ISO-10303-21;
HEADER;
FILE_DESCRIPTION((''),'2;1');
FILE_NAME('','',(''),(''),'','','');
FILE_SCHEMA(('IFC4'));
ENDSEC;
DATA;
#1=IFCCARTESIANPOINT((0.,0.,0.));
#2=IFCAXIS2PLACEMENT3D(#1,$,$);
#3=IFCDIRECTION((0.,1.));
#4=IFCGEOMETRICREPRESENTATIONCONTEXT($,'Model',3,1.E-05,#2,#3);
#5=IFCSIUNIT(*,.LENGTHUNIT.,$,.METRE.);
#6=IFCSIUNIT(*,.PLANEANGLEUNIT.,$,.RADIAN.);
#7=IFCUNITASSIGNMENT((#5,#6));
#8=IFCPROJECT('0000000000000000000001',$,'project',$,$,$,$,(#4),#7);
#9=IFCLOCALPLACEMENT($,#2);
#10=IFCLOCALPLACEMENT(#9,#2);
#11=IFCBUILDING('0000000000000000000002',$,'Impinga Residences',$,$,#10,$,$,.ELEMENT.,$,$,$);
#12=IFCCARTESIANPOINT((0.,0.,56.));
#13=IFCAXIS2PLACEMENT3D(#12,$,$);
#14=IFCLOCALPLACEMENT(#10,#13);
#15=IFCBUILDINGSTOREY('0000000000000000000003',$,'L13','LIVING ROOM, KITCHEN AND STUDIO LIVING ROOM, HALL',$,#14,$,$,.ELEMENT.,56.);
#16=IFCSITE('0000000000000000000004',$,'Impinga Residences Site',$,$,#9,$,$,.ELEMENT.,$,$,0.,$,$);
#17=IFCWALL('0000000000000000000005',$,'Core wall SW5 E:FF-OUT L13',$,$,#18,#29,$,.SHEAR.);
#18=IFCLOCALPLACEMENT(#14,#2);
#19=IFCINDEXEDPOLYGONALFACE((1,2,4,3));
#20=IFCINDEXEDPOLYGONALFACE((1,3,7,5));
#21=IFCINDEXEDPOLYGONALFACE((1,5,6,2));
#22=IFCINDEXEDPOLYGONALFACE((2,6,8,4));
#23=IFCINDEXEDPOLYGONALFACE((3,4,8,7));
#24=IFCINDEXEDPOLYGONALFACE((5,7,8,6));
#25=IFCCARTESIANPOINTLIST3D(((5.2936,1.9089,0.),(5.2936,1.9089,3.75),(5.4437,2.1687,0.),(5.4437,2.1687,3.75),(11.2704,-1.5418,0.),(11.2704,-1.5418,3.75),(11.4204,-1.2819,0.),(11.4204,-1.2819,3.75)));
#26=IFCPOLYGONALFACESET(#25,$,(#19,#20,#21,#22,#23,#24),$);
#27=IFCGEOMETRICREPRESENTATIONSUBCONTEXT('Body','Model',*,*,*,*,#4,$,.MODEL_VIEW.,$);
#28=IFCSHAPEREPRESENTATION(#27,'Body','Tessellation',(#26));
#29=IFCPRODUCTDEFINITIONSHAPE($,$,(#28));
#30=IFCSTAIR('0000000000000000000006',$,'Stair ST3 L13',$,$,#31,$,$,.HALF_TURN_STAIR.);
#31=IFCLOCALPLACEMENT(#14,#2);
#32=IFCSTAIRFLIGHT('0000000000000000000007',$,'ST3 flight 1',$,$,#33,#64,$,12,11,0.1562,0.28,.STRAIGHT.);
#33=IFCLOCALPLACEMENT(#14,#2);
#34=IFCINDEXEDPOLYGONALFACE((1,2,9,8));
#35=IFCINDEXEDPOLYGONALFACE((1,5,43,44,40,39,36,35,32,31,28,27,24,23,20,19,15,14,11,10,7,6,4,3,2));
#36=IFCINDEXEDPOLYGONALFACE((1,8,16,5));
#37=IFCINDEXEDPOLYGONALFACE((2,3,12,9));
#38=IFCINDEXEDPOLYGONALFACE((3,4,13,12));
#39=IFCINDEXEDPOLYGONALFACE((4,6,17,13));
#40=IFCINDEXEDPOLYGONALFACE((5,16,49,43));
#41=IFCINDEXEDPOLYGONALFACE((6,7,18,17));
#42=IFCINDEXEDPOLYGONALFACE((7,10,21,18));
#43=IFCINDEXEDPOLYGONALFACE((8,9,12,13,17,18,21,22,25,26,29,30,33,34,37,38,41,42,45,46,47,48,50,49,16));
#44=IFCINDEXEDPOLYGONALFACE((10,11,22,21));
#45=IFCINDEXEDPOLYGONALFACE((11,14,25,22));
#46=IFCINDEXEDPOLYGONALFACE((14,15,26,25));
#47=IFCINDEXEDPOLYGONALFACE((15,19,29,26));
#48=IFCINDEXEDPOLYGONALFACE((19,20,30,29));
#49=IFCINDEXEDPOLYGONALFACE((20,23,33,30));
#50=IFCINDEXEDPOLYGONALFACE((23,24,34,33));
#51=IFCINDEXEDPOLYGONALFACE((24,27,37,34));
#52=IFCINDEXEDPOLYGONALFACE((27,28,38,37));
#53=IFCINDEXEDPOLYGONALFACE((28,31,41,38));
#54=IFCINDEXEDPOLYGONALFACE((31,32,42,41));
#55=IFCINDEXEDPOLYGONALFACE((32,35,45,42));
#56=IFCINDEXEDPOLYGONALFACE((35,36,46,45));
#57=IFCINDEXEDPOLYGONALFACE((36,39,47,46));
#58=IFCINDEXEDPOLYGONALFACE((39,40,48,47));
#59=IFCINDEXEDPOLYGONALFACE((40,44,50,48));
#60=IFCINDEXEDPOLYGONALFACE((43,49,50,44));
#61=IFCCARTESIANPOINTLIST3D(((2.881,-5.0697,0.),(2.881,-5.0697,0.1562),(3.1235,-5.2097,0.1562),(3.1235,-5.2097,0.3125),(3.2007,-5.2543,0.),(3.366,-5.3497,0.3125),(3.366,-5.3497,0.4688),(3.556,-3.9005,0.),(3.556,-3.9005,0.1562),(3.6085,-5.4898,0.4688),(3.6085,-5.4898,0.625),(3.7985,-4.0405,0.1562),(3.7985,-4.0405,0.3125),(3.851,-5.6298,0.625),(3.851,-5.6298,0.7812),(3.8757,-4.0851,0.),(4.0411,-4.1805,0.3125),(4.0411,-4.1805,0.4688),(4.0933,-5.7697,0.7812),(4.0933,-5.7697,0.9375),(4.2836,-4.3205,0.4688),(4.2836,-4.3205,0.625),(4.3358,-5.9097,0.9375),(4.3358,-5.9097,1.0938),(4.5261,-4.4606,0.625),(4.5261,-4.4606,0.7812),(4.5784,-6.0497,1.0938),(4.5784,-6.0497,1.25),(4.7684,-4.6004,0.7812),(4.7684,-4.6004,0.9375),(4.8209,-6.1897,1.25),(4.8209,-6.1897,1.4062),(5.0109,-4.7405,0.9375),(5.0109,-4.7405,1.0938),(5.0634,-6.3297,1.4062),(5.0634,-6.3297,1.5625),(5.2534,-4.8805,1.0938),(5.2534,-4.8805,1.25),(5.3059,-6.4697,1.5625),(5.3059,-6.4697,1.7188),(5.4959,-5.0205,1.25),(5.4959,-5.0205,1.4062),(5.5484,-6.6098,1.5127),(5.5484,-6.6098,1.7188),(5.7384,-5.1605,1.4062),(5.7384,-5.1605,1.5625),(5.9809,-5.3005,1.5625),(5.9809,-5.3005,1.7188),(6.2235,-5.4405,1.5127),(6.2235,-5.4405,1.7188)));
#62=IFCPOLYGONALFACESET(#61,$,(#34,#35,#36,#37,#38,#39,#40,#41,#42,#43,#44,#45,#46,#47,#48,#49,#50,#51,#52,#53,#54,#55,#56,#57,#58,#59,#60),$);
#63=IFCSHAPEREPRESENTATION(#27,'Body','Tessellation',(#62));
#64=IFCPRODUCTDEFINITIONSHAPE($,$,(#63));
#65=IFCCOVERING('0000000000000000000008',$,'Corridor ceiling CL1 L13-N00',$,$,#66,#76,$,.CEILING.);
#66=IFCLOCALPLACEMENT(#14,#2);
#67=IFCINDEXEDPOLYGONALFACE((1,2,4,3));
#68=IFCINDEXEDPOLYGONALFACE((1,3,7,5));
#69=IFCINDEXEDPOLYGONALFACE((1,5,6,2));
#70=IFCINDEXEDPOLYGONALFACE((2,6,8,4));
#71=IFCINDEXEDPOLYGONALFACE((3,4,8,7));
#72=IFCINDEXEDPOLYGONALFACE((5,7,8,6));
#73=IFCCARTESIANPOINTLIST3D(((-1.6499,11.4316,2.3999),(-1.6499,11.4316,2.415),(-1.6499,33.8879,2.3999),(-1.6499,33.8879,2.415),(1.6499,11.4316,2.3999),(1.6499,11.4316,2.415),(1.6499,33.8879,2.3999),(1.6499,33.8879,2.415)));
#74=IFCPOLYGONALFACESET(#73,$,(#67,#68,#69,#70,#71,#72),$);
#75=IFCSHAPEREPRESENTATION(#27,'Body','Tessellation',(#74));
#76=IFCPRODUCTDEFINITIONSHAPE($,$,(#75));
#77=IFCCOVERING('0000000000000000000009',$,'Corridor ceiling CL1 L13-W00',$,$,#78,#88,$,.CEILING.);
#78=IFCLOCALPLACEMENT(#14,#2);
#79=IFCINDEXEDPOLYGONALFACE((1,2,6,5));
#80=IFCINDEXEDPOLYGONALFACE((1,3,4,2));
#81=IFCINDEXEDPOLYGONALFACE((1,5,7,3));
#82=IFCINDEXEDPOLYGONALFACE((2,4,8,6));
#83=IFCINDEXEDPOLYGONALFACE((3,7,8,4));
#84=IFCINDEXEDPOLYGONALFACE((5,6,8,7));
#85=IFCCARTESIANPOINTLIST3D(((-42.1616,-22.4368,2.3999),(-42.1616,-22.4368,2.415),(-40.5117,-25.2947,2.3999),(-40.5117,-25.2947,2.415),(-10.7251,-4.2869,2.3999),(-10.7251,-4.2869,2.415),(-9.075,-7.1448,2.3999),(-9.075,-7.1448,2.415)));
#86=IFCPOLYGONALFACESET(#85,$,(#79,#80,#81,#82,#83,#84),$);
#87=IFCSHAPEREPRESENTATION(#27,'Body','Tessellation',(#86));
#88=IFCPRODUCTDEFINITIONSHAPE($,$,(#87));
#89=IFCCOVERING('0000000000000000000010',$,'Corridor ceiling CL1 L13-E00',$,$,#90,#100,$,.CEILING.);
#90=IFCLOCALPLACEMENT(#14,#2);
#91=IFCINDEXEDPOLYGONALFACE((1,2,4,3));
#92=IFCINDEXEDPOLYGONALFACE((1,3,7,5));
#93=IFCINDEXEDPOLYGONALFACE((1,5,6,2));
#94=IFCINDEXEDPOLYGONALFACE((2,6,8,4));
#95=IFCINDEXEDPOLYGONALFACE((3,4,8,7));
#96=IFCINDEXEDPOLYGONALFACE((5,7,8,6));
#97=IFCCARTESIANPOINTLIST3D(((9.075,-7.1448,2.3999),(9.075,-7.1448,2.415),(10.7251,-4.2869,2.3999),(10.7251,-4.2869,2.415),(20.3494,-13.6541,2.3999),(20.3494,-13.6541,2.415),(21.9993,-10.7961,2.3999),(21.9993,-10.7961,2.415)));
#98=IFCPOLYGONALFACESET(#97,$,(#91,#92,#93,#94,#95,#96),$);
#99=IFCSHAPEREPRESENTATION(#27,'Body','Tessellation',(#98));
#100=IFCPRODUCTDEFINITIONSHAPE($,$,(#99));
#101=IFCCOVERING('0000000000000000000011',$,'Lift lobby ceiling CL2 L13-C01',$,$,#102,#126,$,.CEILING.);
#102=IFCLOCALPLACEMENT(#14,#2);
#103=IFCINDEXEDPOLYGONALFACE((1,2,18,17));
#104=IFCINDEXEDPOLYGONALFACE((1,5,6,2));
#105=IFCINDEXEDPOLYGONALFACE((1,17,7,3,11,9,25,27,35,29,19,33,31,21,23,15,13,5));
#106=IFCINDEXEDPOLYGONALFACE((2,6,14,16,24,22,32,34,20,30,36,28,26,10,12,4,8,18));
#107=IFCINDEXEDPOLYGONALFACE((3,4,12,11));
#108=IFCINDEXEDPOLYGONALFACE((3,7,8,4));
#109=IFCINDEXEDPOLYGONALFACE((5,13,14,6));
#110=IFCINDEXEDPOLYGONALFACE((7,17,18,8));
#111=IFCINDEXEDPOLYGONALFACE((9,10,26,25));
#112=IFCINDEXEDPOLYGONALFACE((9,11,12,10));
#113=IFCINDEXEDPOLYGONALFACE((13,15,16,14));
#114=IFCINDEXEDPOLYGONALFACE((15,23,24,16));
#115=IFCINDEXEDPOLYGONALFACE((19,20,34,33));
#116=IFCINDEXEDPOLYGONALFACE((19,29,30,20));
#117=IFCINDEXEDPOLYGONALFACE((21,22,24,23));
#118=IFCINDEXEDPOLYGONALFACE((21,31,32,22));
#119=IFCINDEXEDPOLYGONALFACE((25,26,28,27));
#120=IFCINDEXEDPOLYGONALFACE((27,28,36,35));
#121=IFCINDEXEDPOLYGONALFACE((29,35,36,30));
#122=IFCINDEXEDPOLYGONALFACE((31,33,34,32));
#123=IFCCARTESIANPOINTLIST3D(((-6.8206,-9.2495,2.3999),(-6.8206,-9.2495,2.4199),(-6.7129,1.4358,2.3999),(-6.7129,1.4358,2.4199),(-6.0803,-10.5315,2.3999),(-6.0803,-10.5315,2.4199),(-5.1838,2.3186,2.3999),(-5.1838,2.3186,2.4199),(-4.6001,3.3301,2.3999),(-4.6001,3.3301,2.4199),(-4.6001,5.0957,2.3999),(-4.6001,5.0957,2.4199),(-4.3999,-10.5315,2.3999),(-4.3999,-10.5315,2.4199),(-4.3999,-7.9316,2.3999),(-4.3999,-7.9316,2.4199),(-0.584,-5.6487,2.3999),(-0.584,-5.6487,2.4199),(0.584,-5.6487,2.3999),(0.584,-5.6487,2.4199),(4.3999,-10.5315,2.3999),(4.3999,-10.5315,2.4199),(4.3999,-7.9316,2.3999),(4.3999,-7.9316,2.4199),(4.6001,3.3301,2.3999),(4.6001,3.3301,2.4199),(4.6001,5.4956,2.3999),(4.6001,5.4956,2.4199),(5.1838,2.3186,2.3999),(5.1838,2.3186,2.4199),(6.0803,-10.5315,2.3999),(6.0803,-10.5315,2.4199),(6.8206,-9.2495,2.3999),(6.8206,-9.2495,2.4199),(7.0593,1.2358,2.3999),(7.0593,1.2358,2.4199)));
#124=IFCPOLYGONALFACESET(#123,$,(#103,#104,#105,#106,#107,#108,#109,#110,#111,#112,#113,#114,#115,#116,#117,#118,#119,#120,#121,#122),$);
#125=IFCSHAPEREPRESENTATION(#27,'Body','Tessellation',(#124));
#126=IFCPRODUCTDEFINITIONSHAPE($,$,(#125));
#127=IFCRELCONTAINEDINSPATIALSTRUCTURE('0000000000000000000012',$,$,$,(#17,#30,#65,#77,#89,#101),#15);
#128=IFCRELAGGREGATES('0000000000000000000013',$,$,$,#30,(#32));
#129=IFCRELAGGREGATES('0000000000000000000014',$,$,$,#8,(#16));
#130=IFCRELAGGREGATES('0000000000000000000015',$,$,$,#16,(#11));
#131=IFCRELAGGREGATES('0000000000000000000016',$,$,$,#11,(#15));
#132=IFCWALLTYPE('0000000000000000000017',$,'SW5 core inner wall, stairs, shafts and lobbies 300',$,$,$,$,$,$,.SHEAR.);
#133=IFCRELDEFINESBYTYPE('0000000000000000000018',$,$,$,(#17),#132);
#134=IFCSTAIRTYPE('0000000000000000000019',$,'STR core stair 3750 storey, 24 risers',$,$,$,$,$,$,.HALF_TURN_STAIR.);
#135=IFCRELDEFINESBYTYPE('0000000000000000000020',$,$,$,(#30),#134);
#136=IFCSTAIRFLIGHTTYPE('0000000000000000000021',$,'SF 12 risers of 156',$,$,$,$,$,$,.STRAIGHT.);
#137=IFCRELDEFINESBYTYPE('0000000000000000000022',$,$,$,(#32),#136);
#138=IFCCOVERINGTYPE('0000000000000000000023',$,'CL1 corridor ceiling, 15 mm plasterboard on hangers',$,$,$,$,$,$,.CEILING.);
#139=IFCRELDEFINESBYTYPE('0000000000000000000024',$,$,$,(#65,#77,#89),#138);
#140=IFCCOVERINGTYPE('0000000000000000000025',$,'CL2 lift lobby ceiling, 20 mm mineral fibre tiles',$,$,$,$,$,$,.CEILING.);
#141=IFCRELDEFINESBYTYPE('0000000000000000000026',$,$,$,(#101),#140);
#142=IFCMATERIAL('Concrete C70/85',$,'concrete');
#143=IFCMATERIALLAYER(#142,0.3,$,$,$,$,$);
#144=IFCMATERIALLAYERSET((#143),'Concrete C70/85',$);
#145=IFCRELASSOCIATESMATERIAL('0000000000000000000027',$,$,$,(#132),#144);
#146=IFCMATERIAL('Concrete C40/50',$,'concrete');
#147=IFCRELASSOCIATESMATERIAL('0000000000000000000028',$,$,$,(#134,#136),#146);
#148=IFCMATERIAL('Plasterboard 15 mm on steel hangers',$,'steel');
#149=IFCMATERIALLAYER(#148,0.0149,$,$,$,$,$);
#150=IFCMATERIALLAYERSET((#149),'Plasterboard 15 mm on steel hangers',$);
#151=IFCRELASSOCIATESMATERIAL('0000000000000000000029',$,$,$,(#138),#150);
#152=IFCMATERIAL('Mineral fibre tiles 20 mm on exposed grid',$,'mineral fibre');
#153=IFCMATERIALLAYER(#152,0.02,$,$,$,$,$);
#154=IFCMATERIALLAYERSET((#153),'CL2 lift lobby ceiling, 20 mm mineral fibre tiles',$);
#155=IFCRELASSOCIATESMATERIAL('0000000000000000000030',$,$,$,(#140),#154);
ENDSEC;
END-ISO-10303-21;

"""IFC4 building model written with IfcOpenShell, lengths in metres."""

from ifc_helpers import new_model, si_unit, direction, frame, frame_2d, origin, place, context, subcontext, project, spatial, polyline, rectangle, outline, extrude, material, layer, layer_set, type_object, element, aggregate, save


model = new_model("IFC4")

# Units and contexts
model_context = context("Model", 3, precision=1e-05, world=origin(), true_north=direction((0.0, 1.0)))
body_context = subcontext(model_context, "Body", "Model", "MODEL_VIEW")
ifc_project = project(units=[si_unit("LENGTHUNIT", "METRE"), si_unit("PLANEANGLEUNIT", "RADIAN")], contexts=[model_context])

# Site, building, storey
site_placement = place(None, origin())
site = spatial("IfcSite", under=ifc_project, at=site_placement, Name="Impinga Residences Site", CompositionType="ELEMENT", RefElevation=0.0)
building_placement = place(site_placement, origin())
building = spatial("IfcBuilding", under=site, at=building_placement, Name="Impinga Residences", CompositionType="ELEMENT")
storey_placement = place(building_placement, frame((0.0, 0.0, 56.0)))
storey = spatial("IfcBuildingStorey", under=building, at=storey_placement, Name="L13", Description="LIVING ROOM, KITCHEN AND STUDIO LIVING ROOM, HALL", CompositionType="ELEMENT", Elevation=56.0)

# Shared definitions
ifc_material_1 = material(Name="Concrete C40/50", Category="concrete")

# Shared definitions
ifc_material_2 = material(Name="Concrete C70/85", Category="concrete")
ifc_layer_1 = layer(ifc_material_2, 0.3)
ifc_layer_set_1 = layer_set([ifc_layer_1], Name="Concrete C70/85")
wall_type = type_object("IfcWallType", Name="SW5 core inner wall, stairs, shafts and lobbies 300", PredefinedType="SHEAR", material=ifc_layer_set_1)

# Wall
wall_1_placement = place(storey_placement, frame((5.3687, 2.0388, 0.0), z_axis=(0.0, 0.0, 1.0), x_axis=(0.866027, -0.499997, 0.0)))
element("IfcWall", 1, at=wall_1_placement, inside=storey, type_object=wall_type, Name="Core wall SW5 E:FF-OUT L13", PredefinedType="SHEAR", context=body_context, shape_type="SweptSolid", body=[
    extrude(rectangle(XDim=6.9014, YDim=0.3, at=frame_2d((3.4507, 0.0))), origin(), (0.0, 0.0, 1.0), 3.75),
])

# Stair, stair flight
stair_type_1 = type_object("IfcStairType", Name="STR core stair 3750 storey, 24 risers", PredefinedType="HALF_TURN_STAIR", material=ifc_material_1)
stair_1_placement = place(storey_placement, origin())
stair_1 = element("IfcStair", 2, at=stair_1_placement, inside=storey, type_object=stair_type_1, Name="Stair ST3 L13", PredefinedType="HALF_TURN_STAIR")
stair_flight_type = type_object("IfcStairFlightType", Name="SF 12 risers of 156", PredefinedType="STRAIGHT", material=ifc_material_1)
stair_flight_placement = place(storey_placement, frame((3.2185, -4.4851, 0.0), z_axis=(0.0, 0.0, 1.0), x_axis=(0.866025, -0.5, 0.0)))
stair_flight = element("IfcStairFlight", 3, at=stair_flight_placement, type_object=stair_flight_type, Name="ST3 flight 1", NumberOfRisers=12, NumberOfTreads=11, PredefinedType="STRAIGHT", RiserHeight=0.1562, TreadLength=0.28, context=body_context, shape_type="SweptSolid", body=[
    extrude(outline(polyline([(0.0, 0.0), (0.0, 0.1562), (0.28, 0.1562), (0.28, 0.3125), (0.5601, 0.3125), (0.5601, 0.4688), (0.8401, 0.4688), (0.8401, 0.625), (1.1201, 0.625), (1.1201, 0.7812), (1.3999, 0.7812), (1.3999, 0.9375), (1.6799, 0.9375), (1.6799, 1.0938), (1.96, 1.0938), (1.96, 1.25), (2.24, 1.25), (2.24, 1.4062), (2.52, 1.4062), (2.52, 1.5625), (2.8, 1.5625), (2.8, 1.7188), (3.0801, 1.7188), (3.0801, 1.875), (3.0801, 1.5127), (0.3691, 0.0), (0.0, 0.0)])), frame((0.0, 0.675, 0.0), z_axis=(0.0, -1.0, 0.0), x_axis=(1.0, 0.0, 0.0)), (0.0, 0.0, 1.0), 1.3501),
])
aggregate(stair_1, [stair_flight])

# Coverings
ifc_material_3 = material(Name="Plasterboard 15 mm on steel hangers", Category="steel")
ifc_layer_2 = layer(ifc_material_3, 0.0149)
ifc_layer_set_2 = layer_set([ifc_layer_2], Name="Plasterboard 15 mm on steel hangers")
covering_type_1 = type_object("IfcCoveringType", Name="CL1 corridor ceiling, 15 mm plasterboard on hangers", PredefinedType="CEILING", material=ifc_layer_set_2)
covering_1_placement = place(storey_placement, frame((0.0, 0.0, 2.3999)))
element("IfcCovering", 4, at=covering_1_placement, inside=storey, type_object=covering_type_1, Name="Corridor ceiling CL1 L13-N00", PredefinedType="CEILING", context=body_context, shape_type="SweptSolid", body=[
    extrude(outline(polyline([(1.6499, 11.4316), (-1.6499, 11.4316), (-1.6499, 33.8879), (1.6499, 33.8879), (1.6499, 11.4316)])), origin(), (0.0, 0.0, 1.0), 0.0151),
])
covering_2_placement = place(storey_placement, frame((0.0, 0.0, 2.3999)))
element("IfcCovering", 5, at=covering_2_placement, inside=storey, type_object=covering_type_1, Name="Corridor ceiling CL1 L13-W00", PredefinedType="CEILING", context=body_context, shape_type="SweptSolid", body=[
    extrude(outline(polyline([(-9.075, -7.1448), (-10.7251, -4.2869), (-42.1616, -22.4368), (-40.5117, -25.2947), (-9.075, -7.1448)])), origin(), (0.0, 0.0, 1.0), 0.0151),
])
covering_3_placement = place(storey_placement, frame((0.0, 0.0, 2.3999)))
element("IfcCovering", 6, at=covering_3_placement, inside=storey, type_object=covering_type_1, Name="Corridor ceiling CL1 L13-E00", PredefinedType="CEILING", context=body_context, shape_type="SweptSolid", body=[
    extrude(outline(polyline([(9.075, -7.1448), (10.7251, -4.2869), (21.9993, -10.7961), (20.3494, -13.6541), (9.075, -7.1448)])), origin(), (0.0, 0.0, 1.0), 0.0151),
])
ifc_material_4 = material(Name="Mineral fibre tiles 20 mm on exposed grid", Category="mineral fibre")
ifc_layer_3 = layer(ifc_material_4, 0.02)
ifc_layer_set_3 = layer_set([ifc_layer_3], Name="CL2 lift lobby ceiling, 20 mm mineral fibre tiles")
covering_type_2 = type_object("IfcCoveringType", Name="CL2 lift lobby ceiling, 20 mm mineral fibre tiles", PredefinedType="CEILING", material=ifc_layer_set_3)
covering_4_placement = place(storey_placement, frame((0.0, 0.0, 2.3999)))
element("IfcCovering", 7, at=covering_4_placement, inside=storey, type_object=covering_type_2, Name="Lift lobby ceiling CL2 L13-C01", PredefinedType="CEILING", context=body_context, shape_type="SweptSolid", body=[
    extrude(outline(polyline([(6.0803, -10.5315), (4.3999, -10.5315), (4.3999, -7.9316), (-4.3999, -7.9316), (-4.3999, -10.5315), (-6.0803, -10.5315), (-6.8206, -9.2495), (-0.584, -5.6487), (-5.1838, 2.3186), (-6.7129, 1.4358), (-4.6001, 5.0957), (-4.6001, 3.3301), (4.6001, 3.3301), (4.6001, 5.4956), (7.0593, 1.2358), (5.1838, 2.3186), (0.584, -5.6487), (6.8206, -9.2495), (6.0803, -10.5315)])), origin(), (0.0, 0.0, 1.0), 0.02),
])

save(model, "model.ifc")
